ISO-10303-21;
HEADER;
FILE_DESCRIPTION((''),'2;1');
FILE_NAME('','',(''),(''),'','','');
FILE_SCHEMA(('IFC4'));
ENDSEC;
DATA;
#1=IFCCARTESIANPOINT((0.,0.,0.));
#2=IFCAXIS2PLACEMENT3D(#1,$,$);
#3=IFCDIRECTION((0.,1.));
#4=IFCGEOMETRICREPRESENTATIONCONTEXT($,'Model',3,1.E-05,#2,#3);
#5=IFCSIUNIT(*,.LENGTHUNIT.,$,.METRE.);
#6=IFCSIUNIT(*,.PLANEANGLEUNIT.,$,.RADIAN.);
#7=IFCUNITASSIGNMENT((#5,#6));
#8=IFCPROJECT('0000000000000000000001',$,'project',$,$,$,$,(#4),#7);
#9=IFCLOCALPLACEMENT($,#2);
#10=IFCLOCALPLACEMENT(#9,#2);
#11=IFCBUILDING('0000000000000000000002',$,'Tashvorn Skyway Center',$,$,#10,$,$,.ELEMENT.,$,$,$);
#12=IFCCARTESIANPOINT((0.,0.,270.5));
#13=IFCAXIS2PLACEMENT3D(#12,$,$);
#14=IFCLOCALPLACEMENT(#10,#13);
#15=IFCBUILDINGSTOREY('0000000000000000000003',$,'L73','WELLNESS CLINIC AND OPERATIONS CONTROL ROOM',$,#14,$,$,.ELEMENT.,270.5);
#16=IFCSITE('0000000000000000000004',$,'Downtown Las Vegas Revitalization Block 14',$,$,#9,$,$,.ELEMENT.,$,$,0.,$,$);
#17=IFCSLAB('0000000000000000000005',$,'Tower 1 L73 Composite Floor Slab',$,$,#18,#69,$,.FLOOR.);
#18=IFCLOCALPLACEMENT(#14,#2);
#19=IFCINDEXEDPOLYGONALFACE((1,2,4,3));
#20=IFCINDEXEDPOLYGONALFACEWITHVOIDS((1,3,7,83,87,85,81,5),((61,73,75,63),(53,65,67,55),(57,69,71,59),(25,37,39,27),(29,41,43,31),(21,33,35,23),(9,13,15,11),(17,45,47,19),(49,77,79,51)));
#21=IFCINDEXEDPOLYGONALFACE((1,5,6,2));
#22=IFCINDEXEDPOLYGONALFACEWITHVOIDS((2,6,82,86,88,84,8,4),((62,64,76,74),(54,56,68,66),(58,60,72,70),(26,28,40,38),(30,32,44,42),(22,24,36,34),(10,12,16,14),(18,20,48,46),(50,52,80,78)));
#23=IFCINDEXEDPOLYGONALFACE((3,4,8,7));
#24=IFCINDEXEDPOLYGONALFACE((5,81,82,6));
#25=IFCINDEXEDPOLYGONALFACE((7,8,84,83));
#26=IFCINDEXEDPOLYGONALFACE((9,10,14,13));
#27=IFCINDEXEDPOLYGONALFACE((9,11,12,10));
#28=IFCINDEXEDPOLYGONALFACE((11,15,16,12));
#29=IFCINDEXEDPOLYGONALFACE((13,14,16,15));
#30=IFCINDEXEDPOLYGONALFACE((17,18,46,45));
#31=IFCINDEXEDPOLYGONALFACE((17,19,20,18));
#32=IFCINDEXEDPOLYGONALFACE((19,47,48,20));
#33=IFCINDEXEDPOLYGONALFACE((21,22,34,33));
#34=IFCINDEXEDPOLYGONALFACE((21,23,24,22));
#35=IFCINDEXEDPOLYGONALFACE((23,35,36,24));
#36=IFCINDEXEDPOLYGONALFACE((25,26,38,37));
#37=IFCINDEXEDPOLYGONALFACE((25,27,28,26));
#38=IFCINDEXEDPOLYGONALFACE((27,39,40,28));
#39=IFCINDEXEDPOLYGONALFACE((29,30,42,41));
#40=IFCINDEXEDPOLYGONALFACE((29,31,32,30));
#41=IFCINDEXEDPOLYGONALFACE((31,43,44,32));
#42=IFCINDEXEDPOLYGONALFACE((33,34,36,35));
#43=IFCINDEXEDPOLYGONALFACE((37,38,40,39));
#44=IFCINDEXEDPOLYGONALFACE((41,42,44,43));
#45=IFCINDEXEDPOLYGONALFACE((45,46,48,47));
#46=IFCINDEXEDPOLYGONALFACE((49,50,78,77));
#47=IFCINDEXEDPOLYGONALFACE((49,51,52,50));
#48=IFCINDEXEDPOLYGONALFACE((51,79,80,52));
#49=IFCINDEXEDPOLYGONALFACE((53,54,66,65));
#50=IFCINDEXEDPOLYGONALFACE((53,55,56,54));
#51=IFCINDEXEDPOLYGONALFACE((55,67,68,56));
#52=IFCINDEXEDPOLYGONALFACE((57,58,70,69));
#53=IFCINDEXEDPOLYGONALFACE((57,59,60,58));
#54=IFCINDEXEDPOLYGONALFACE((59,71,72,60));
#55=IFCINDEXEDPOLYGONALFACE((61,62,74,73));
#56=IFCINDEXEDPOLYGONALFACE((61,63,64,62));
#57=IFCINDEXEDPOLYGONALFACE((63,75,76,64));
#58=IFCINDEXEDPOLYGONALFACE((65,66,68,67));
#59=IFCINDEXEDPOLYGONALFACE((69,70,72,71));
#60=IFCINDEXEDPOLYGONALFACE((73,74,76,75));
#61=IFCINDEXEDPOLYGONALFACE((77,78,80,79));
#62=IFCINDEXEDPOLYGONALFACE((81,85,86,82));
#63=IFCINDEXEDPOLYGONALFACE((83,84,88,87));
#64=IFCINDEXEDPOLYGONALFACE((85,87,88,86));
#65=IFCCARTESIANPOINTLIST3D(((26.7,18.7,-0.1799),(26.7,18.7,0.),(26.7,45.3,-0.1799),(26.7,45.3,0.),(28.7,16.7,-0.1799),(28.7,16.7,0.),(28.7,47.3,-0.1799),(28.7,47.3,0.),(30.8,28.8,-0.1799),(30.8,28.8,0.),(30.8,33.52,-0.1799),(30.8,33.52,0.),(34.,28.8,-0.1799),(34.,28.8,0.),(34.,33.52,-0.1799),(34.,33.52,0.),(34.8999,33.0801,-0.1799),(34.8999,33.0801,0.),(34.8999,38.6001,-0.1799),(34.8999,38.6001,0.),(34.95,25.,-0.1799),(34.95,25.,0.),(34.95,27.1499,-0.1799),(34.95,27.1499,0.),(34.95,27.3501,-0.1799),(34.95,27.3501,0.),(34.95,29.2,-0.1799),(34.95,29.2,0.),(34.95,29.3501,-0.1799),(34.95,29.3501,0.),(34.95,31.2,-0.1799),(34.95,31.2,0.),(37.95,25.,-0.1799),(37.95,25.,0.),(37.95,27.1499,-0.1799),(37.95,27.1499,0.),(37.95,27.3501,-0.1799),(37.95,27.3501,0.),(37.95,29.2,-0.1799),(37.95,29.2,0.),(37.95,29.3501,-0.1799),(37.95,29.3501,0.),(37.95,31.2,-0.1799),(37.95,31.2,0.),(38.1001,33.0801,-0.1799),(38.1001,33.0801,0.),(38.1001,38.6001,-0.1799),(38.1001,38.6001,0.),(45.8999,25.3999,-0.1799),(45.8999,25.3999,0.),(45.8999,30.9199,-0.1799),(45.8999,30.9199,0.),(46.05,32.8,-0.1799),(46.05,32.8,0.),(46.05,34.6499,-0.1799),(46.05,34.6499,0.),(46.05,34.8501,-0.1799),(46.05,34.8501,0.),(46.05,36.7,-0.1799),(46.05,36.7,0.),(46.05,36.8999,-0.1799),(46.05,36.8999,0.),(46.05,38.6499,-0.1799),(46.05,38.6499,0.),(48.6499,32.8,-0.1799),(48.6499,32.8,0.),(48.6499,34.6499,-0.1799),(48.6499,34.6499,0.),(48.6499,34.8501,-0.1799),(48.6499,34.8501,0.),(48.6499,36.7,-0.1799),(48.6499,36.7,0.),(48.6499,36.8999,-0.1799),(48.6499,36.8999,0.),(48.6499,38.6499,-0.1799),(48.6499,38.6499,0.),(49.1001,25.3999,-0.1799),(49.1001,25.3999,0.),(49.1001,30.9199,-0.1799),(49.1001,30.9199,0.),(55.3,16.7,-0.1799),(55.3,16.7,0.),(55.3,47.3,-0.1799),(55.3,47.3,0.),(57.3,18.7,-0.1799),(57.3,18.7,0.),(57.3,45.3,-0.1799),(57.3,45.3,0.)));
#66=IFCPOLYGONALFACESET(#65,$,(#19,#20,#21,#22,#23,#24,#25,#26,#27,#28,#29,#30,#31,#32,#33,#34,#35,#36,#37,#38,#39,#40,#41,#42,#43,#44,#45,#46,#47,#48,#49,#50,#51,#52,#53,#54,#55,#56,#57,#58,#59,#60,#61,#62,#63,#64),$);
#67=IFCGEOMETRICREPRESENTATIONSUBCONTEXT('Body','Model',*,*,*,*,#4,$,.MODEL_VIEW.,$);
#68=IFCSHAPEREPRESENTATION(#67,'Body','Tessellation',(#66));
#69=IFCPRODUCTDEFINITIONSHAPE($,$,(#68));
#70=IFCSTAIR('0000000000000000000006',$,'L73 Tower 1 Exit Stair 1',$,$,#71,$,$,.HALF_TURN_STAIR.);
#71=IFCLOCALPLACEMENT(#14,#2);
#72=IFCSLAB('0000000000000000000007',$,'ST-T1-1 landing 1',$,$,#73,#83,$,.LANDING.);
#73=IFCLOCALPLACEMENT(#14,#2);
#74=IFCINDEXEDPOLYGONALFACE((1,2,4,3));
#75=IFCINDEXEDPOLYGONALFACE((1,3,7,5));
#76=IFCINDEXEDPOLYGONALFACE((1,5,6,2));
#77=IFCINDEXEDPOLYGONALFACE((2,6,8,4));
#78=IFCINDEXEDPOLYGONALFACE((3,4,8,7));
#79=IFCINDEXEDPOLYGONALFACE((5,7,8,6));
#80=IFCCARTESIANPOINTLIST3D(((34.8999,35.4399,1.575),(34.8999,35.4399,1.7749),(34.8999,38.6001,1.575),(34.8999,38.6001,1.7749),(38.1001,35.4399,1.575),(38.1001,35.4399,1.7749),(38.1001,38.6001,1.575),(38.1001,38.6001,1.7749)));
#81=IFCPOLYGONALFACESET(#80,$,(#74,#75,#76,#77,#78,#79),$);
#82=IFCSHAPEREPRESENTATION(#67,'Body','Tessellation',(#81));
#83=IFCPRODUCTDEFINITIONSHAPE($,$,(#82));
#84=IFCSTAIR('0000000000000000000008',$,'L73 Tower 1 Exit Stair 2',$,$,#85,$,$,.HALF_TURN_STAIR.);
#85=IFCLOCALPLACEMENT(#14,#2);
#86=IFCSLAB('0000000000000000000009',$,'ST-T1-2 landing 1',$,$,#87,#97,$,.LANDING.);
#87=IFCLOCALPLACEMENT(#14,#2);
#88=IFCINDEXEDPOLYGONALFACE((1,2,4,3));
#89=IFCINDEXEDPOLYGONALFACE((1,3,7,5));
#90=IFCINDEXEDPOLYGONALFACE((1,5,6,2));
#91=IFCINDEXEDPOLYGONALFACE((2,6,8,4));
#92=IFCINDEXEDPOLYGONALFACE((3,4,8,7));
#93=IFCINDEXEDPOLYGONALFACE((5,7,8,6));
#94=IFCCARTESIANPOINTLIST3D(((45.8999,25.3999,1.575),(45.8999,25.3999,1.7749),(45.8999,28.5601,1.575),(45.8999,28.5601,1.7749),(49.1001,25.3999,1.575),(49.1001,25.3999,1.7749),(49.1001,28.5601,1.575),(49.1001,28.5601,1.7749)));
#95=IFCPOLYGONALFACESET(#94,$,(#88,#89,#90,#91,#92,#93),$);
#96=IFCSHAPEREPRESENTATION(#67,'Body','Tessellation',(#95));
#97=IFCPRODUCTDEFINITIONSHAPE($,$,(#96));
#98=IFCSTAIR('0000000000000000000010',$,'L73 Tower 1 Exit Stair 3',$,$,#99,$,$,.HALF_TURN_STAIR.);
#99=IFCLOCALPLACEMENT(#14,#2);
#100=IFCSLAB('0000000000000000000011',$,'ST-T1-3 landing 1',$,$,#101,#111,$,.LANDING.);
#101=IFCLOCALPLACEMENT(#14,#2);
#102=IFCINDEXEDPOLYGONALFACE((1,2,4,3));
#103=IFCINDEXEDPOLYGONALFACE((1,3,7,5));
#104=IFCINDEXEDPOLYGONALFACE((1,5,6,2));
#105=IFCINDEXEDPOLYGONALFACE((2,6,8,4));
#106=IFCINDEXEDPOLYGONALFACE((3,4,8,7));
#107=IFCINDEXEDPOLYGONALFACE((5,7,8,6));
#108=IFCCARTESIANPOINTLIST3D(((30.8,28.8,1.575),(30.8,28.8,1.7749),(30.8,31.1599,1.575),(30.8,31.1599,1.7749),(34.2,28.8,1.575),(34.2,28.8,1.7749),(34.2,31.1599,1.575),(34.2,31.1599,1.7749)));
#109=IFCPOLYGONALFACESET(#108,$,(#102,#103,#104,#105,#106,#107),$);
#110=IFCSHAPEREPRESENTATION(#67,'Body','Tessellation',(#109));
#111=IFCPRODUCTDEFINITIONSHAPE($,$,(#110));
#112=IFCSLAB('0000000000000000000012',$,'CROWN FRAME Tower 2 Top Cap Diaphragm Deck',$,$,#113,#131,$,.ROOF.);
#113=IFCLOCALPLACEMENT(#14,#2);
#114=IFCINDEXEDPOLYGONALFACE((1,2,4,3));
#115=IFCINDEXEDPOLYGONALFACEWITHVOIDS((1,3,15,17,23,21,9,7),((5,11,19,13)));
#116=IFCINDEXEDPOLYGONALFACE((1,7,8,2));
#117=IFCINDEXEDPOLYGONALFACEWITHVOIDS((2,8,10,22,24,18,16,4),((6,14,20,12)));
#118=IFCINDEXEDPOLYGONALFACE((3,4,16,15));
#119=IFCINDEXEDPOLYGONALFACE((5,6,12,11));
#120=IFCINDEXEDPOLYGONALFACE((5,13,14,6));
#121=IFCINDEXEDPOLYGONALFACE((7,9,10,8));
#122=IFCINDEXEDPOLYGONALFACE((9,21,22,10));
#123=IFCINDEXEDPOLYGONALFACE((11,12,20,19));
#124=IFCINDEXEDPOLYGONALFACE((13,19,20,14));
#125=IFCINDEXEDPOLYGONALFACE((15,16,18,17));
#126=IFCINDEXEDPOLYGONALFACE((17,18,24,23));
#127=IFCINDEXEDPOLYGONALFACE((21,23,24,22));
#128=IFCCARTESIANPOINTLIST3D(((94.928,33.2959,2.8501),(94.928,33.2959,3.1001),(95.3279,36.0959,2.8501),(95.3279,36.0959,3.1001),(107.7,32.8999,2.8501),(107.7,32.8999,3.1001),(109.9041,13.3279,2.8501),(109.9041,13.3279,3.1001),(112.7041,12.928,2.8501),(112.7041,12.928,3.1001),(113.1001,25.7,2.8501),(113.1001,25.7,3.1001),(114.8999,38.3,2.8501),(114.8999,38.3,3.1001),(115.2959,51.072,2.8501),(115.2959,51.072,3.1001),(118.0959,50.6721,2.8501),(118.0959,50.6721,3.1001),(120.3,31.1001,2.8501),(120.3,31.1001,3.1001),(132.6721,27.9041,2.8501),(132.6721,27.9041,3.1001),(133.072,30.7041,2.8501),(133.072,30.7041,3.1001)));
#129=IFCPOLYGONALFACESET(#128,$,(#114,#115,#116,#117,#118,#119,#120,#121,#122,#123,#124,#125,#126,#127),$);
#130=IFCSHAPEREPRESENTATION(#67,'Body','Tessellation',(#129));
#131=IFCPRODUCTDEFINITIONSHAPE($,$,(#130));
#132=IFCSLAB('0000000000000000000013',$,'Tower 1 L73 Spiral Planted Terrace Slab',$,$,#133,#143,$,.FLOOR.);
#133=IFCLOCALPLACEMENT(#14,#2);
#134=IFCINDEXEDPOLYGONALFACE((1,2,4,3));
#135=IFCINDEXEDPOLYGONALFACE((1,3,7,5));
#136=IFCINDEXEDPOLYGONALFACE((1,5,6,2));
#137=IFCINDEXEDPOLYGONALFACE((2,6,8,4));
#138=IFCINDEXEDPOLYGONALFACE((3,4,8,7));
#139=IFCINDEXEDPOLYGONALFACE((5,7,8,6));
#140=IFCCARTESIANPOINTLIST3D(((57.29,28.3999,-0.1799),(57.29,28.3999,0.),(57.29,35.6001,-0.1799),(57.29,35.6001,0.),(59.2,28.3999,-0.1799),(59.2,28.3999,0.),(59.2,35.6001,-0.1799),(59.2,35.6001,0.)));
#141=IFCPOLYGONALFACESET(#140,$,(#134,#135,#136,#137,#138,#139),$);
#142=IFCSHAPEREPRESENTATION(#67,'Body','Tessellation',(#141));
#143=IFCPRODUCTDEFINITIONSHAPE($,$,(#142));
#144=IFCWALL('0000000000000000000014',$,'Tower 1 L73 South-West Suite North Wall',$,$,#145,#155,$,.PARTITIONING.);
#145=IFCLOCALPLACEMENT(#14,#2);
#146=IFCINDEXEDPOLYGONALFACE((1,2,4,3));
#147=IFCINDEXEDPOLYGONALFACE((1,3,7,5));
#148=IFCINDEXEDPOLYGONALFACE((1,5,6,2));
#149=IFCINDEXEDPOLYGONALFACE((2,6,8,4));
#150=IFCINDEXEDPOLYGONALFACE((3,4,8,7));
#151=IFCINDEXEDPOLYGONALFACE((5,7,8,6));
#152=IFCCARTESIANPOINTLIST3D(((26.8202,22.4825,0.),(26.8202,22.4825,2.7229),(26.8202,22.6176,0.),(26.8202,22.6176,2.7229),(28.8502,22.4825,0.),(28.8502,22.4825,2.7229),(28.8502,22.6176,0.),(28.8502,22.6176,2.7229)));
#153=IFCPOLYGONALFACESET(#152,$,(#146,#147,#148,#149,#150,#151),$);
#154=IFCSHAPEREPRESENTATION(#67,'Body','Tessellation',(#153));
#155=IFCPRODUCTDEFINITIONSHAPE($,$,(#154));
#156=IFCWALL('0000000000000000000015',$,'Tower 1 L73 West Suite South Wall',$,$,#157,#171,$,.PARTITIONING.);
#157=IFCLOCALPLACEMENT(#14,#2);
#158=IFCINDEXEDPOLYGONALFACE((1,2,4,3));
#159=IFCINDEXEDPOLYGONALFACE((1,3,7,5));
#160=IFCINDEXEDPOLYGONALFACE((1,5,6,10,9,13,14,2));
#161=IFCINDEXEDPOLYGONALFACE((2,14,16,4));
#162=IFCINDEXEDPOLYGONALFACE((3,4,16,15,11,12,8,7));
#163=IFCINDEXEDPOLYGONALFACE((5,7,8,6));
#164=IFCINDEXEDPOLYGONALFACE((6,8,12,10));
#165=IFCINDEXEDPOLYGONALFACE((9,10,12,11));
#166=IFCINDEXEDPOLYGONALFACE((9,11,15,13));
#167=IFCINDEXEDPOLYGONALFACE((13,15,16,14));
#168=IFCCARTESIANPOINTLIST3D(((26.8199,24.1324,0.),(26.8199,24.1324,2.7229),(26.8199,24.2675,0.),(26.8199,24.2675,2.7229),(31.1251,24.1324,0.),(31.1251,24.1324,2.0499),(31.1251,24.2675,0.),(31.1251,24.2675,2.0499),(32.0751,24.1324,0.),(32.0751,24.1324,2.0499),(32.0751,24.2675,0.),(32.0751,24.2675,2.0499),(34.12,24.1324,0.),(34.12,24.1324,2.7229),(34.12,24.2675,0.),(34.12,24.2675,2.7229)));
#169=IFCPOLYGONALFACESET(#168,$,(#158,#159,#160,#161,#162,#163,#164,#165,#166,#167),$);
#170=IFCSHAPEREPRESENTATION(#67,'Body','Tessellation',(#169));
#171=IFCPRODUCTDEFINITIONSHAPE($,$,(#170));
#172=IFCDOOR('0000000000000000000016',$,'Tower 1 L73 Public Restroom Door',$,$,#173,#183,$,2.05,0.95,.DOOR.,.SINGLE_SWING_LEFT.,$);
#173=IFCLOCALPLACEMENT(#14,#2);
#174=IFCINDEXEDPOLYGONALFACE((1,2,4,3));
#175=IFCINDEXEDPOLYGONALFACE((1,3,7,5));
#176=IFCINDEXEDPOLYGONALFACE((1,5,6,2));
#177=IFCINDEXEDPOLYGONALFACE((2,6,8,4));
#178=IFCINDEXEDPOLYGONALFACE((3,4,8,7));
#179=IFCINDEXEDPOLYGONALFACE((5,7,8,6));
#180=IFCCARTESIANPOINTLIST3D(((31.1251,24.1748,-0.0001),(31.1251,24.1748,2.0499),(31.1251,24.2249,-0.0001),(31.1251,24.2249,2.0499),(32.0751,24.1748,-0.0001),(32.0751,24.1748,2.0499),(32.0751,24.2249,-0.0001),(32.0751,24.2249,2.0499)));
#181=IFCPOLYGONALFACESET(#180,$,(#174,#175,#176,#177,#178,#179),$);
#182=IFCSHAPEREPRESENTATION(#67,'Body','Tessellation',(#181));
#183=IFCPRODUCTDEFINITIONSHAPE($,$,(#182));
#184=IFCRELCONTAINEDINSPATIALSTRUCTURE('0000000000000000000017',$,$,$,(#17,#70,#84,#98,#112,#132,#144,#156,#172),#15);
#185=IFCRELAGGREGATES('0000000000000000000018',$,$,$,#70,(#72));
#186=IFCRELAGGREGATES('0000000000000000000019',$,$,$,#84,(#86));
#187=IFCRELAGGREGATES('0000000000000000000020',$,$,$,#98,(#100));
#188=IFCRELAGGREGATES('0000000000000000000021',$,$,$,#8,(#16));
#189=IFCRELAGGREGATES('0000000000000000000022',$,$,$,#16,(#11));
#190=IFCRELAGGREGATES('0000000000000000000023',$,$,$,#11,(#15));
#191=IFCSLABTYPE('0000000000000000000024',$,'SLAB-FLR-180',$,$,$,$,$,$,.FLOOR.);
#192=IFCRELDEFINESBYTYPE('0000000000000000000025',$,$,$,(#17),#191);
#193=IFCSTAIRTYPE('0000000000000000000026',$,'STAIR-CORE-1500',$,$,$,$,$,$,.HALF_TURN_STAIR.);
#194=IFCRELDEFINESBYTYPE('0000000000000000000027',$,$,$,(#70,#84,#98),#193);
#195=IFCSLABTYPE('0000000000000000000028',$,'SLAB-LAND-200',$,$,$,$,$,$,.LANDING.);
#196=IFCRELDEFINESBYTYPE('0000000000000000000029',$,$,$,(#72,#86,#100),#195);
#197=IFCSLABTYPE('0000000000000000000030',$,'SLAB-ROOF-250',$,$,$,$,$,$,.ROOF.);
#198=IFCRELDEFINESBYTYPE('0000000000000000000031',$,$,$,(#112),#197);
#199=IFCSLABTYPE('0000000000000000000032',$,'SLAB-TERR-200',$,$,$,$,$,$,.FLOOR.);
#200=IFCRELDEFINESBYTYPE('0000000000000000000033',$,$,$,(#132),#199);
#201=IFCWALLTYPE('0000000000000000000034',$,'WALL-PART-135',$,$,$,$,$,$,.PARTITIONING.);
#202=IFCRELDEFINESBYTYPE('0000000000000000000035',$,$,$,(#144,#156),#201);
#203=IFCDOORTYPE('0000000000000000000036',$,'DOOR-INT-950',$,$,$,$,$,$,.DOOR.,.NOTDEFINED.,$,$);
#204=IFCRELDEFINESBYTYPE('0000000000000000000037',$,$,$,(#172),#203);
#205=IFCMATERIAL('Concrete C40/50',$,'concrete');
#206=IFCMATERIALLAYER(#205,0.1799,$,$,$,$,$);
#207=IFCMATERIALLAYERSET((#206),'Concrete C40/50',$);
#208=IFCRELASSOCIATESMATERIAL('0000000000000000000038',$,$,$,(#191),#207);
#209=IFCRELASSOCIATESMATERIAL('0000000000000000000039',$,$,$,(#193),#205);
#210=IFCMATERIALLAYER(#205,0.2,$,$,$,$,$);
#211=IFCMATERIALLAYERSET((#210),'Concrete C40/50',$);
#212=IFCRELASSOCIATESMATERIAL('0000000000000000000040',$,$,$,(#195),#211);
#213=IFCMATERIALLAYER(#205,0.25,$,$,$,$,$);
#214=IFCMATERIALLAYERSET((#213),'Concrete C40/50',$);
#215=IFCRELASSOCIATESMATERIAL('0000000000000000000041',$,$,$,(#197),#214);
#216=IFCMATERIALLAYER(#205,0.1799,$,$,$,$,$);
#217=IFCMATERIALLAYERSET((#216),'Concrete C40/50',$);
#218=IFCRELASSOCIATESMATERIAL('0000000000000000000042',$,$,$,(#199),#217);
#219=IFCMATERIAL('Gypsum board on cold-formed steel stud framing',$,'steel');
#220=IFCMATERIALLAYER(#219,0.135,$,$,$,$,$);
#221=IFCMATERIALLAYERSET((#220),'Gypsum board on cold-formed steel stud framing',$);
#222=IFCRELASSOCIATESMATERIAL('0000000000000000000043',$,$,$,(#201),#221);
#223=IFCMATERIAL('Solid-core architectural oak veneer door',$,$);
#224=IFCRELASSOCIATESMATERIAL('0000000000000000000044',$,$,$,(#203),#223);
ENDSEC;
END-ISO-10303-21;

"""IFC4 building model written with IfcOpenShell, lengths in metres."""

from ifc_helpers import new_model, si_unit, direction, frame, frame_2d, origin, place, context, subcontext, project, spatial, polyline, rectangle, outline, extrude, material, layer, layer_set, type_object, element, fill, aggregate, save


model = new_model("IFC4")

# Units and contexts
model_context = context("Model", 3, precision=1e-05, world=origin(), true_north=direction((0.0, 1.0)))
body_context = subcontext(model_context, "Body", "Model", "MODEL_VIEW")
ifc_project = project(units=[si_unit("LENGTHUNIT", "METRE"), si_unit("PLANEANGLEUNIT", "RADIAN")], contexts=[model_context])

# Site, building, storey
site_placement = place(None, origin())
site = spatial("IfcSite", under=ifc_project, at=site_placement, Name="Downtown Las Vegas Revitalization Block 14", CompositionType="ELEMENT", RefElevation=0.0)
building_placement = place(site_placement, origin())
building = spatial("IfcBuilding", under=site, at=building_placement, Name="Tashvorn Skyway Center", CompositionType="ELEMENT")
storey_placement = place(building_placement, frame((0.0, 0.0, 270.5)))
storey = spatial("IfcBuildingStorey", under=building, at=storey_placement, Name="L73", Description="WELLNESS CLINIC AND OPERATIONS CONTROL ROOM", CompositionType="ELEMENT", Elevation=270.5)

# Slab
ifc_material_1 = material(Name="Concrete C40/50", Category="concrete")
ifc_layer_1 = layer(ifc_material_1, 0.1799)
ifc_layer_set_1 = layer_set([ifc_layer_1], Name="Concrete C40/50")
slab_type_1 = type_object("IfcSlabType", Name="SLAB-FLR-180", PredefinedType="FLOOR", material=ifc_layer_set_1)
slab_1_placement = place(storey_placement, frame((0.0, 0.0, -0.1799)))
element("IfcSlab", 1, at=slab_1_placement, inside=storey, type_object=slab_type_1, Name="Tower 1 L73 Composite Floor Slab", PredefinedType="FLOOR", context=body_context, shape_type="SweptSolid", body=[
    extrude(outline(polyline([(28.7, 16.7), (55.3, 16.7), (57.3, 18.7), (57.3, 45.3), (55.3, 47.3), (28.7, 47.3), (26.7, 45.3), (26.7, 18.7), (28.7, 16.7)]), holes=[polyline([(38.1001, 33.0801), (38.1001, 38.6001), (34.8999, 38.6001), (34.8999, 33.0801), (38.1001, 33.0801)]), polyline([(45.8999, 30.9199), (45.8999, 25.3999), (49.1001, 25.3999), (49.1001, 30.9199), (45.8999, 30.9199)]), polyline([(30.8, 33.52), (30.8, 28.8), (34.0, 28.8), (34.0, 33.52), (30.8, 33.52)]), polyline([(34.95, 29.3501), (37.95, 29.3501), (37.95, 31.2), (34.95, 31.2), (34.95, 29.3501)]), polyline([(34.95, 27.3501), (37.95, 27.3501), (37.95, 29.2), (34.95, 29.2), (34.95, 27.3501)]), polyline([(34.95, 25.0), (37.95, 25.0), (37.95, 27.1499), (34.95, 27.1499), (34.95, 25.0)]), polyline([(46.05, 32.8), (48.6499, 32.8), (48.6499, 34.6499), (46.05, 34.6499), (46.05, 32.8)]), polyline([(46.05, 34.8501), (48.6499, 34.8501), (48.6499, 36.7), (46.05, 36.7), (46.05, 34.8501)]), polyline([(46.05, 36.8999), (48.6499, 36.8999), (48.6499, 38.6499), (46.05, 38.6499), (46.05, 36.8999)])]), origin(), (0.0, 0.0, 1.0), 0.1799),
])

# Stairs, slabs
stair_type = type_object("IfcStairType", Name="STAIR-CORE-1500", PredefinedType="HALF_TURN_STAIR", material=ifc_material_1)
stair_1_placement = place(storey_placement, origin())
stair_1 = element("IfcStair", 2, at=stair_1_placement, inside=storey, type_object=stair_type, Name="L73 Tower 1 Exit Stair 1", PredefinedType="HALF_TURN_STAIR")
ifc_layer_2 = layer(ifc_material_1, 0.2)
ifc_layer_set_2 = layer_set([ifc_layer_2], Name="Concrete C40/50")
slab_type_2 = type_object("IfcSlabType", Name="SLAB-LAND-200", PredefinedType="LANDING", material=ifc_layer_set_2)
slab_2_placement = place(storey_placement, frame((0.0, 0.0, 1.575)))
slab_2 = element("IfcSlab", 3, at=slab_2_placement, type_object=slab_type_2, Name="ST-T1-1 landing 1", PredefinedType="LANDING", context=body_context, shape_type="SweptSolid", body=[
    extrude(outline(polyline([(38.1001, 35.4399), (38.1001, 38.6001), (34.8999, 38.6001), (34.8999, 35.4399), (38.1001, 35.4399)])), origin(), (0.0, 0.0, 1.0), 0.2),
])
aggregate(stair_1, [slab_2])
stair_2_placement = place(storey_placement, origin())
stair_2 = element("IfcStair", 4, at=stair_2_placement, inside=storey, type_object=stair_type, Name="L73 Tower 1 Exit Stair 2", PredefinedType="HALF_TURN_STAIR")
slab_3_placement = place(storey_placement, frame((0.0, 0.0, 1.575)))
slab_3 = element("IfcSlab", 5, at=slab_3_placement, type_object=slab_type_2, Name="ST-T1-2 landing 1", PredefinedType="LANDING", context=body_context, shape_type="SweptSolid", body=[
    extrude(outline(polyline([(45.8999, 28.5601), (45.8999, 25.3999), (49.1001, 25.3999), (49.1001, 28.5601), (45.8999, 28.5601)])), origin(), (0.0, 0.0, 1.0), 0.2),
])
aggregate(stair_2, [slab_3])
stair_3_placement = place(storey_placement, origin())
stair_3 = element("IfcStair", 6, at=stair_3_placement, inside=storey, type_object=stair_type, Name="L73 Tower 1 Exit Stair 3", PredefinedType="HALF_TURN_STAIR")
slab_4_placement = place(storey_placement, frame((0.0, 0.0, 1.575)))
slab_4 = element("IfcSlab", 7, at=slab_4_placement, type_object=slab_type_2, Name="ST-T1-3 landing 1", PredefinedType="LANDING", context=body_context, shape_type="SweptSolid", body=[
    extrude(outline(polyline([(30.8, 31.1599), (30.8, 28.8), (34.2, 28.8), (34.2, 31.1599), (30.8, 31.1599)])), origin(), (0.0, 0.0, 1.0), 0.2),
])
aggregate(stair_3, [slab_4])

# Slabs
ifc_layer_3 = layer(ifc_material_1, 0.25)
ifc_layer_set_3 = layer_set([ifc_layer_3], Name="Concrete C40/50")
slab_type_3 = type_object("IfcSlabType", Name="SLAB-ROOF-250", PredefinedType="ROOF", material=ifc_layer_set_3)
slab_5_placement = place(storey_placement, frame((0.0, 0.0, 2.8501)))
element("IfcSlab", 8, at=slab_5_placement, inside=storey, type_object=slab_type_3, Name="CROWN FRAME Tower 2 Top Cap Diaphragm Deck", PredefinedType="ROOF", context=body_context, shape_type="SweptSolid", body=[
    extrude(outline(polyline([(112.7041, 12.928), (132.6721, 27.9041), (133.072, 30.7041), (118.0959, 50.6721), (115.2959, 51.072), (95.3279, 36.0959), (94.928, 33.2959), (109.9041, 13.3279), (112.7041, 12.928)]), holes=[polyline([(113.1001, 25.7), (120.3, 31.1001), (114.8999, 38.3), (107.7, 32.8999), (113.1001, 25.7)])]), origin(), (0.0, 0.0, 1.0), 0.25),
])
ifc_layer_4 = layer(ifc_material_1, 0.1799)
ifc_layer_set_4 = layer_set([ifc_layer_4], Name="Concrete C40/50")
slab_type_4 = type_object("IfcSlabType", Name="SLAB-TERR-200", PredefinedType="FLOOR", material=ifc_layer_set_4)
slab_6_placement = place(storey_placement, frame((0.0, 0.0, -0.1799)))
element("IfcSlab", 9, at=slab_6_placement, inside=storey, type_object=slab_type_4, Name="Tower 1 L73 Spiral Planted Terrace Slab", PredefinedType="FLOOR", context=body_context, shape_type="SweptSolid", body=[
    extrude(outline(polyline([(57.29, 28.3999), (59.2, 28.3999), (59.2, 35.6001), (57.29, 35.6001), (57.29, 28.3999)])), origin(), (0.0, 0.0, 1.0), 0.1799),
])

# Wall
ifc_material_2 = material(Name="Gypsum board on cold-formed steel stud framing", Category="steel")
ifc_layer_5 = layer(ifc_material_2, 0.135)
ifc_layer_set_5 = layer_set([ifc_layer_5], Name="Gypsum board on cold-formed steel stud framing")
wall_type = type_object("IfcWallType", Name="WALL-PART-135", PredefinedType="PARTITIONING", material=ifc_layer_set_5)
wall_1_placement = place(storey_placement, frame((26.8201, 22.55, 0.0), z_axis=(0.0, 0.0, 1.0), x_axis=(1.0, 0.0, 0.0)))
element("IfcWall", 10, at=wall_1_placement, inside=storey, type_object=wall_type, Name="Tower 1 L73 South-West Suite North Wall", PredefinedType="PARTITIONING", context=body_context, shape_type="SweptSolid", body=[
    extrude(rectangle(XDim=2.03, YDim=0.135, at=frame_2d((1.0151, 0.0))), origin(), (0.0, 0.0, 1.0), 2.7229),
])

# Wall, opening, door
wall_2_placement = place(storey_placement, frame((26.8201, 24.2, 0.0), z_axis=(0.0, 0.0, 1.0), x_axis=(1.0, 0.0, 0.0)))
wall_2 = element("IfcWall", 11, at=wall_2_placement, inside=storey, type_object=wall_type, Name="Tower 1 L73 West Suite South Wall", PredefinedType="PARTITIONING", context=body_context, shape_type="SweptSolid", body=[
    extrude(rectangle(XDim=7.3, YDim=0.135, at=frame_2d((3.6499, 0.0))), origin(), (0.0, 0.0, 1.0), 2.7229),
])
opening_placement = place(wall_2_placement, frame((4.3049, 0.0, 0.0)))
opening = element("IfcOpeningElement", 12, at=opening_placement, cuts=wall_2, PredefinedType="OPENING", context=body_context, shape_type="SweptSolid", body=[
    extrude(rectangle(XDim=0.95, YDim=2.05, at=frame_2d((0.4751, 1.0249))), frame((0.0, 0.0774, 0.0), z_axis=(0.0, -1.0, 0.0), x_axis=(1.0, 0.0, 0.0)), (0.0, 0.0, 1.0), 0.155),
])
ifc_material_3 = material(Name="Solid-core architectural oak veneer door")
door_type = type_object("IfcDoorType", Name="DOOR-INT-950", OperationType="NOTDEFINED", PredefinedType="DOOR", material=ifc_material_3)
door_placement = place(opening_placement, origin())
door = element("IfcDoor", 13, at=door_placement, inside=storey, type_object=door_type, Name="Tower 1 L73 Public Restroom Door", OperationType="SINGLE_SWING_LEFT", OverallHeight=2.05, OverallWidth=0.95, PredefinedType="DOOR", context=body_context, shape_type="SweptSolid", body=[
    extrude(rectangle(XDim=0.95, YDim=2.05, at=frame_2d((0.4751, 1.0249))), frame((0.0, 0.0249, 0.0), z_axis=(0.0, -1.0, 0.0), x_axis=(1.0, 0.0, 0.0)), (0.0, 0.0, 1.0), 0.05),
])
fill(opening, door)

save(model, "model.ifc")
